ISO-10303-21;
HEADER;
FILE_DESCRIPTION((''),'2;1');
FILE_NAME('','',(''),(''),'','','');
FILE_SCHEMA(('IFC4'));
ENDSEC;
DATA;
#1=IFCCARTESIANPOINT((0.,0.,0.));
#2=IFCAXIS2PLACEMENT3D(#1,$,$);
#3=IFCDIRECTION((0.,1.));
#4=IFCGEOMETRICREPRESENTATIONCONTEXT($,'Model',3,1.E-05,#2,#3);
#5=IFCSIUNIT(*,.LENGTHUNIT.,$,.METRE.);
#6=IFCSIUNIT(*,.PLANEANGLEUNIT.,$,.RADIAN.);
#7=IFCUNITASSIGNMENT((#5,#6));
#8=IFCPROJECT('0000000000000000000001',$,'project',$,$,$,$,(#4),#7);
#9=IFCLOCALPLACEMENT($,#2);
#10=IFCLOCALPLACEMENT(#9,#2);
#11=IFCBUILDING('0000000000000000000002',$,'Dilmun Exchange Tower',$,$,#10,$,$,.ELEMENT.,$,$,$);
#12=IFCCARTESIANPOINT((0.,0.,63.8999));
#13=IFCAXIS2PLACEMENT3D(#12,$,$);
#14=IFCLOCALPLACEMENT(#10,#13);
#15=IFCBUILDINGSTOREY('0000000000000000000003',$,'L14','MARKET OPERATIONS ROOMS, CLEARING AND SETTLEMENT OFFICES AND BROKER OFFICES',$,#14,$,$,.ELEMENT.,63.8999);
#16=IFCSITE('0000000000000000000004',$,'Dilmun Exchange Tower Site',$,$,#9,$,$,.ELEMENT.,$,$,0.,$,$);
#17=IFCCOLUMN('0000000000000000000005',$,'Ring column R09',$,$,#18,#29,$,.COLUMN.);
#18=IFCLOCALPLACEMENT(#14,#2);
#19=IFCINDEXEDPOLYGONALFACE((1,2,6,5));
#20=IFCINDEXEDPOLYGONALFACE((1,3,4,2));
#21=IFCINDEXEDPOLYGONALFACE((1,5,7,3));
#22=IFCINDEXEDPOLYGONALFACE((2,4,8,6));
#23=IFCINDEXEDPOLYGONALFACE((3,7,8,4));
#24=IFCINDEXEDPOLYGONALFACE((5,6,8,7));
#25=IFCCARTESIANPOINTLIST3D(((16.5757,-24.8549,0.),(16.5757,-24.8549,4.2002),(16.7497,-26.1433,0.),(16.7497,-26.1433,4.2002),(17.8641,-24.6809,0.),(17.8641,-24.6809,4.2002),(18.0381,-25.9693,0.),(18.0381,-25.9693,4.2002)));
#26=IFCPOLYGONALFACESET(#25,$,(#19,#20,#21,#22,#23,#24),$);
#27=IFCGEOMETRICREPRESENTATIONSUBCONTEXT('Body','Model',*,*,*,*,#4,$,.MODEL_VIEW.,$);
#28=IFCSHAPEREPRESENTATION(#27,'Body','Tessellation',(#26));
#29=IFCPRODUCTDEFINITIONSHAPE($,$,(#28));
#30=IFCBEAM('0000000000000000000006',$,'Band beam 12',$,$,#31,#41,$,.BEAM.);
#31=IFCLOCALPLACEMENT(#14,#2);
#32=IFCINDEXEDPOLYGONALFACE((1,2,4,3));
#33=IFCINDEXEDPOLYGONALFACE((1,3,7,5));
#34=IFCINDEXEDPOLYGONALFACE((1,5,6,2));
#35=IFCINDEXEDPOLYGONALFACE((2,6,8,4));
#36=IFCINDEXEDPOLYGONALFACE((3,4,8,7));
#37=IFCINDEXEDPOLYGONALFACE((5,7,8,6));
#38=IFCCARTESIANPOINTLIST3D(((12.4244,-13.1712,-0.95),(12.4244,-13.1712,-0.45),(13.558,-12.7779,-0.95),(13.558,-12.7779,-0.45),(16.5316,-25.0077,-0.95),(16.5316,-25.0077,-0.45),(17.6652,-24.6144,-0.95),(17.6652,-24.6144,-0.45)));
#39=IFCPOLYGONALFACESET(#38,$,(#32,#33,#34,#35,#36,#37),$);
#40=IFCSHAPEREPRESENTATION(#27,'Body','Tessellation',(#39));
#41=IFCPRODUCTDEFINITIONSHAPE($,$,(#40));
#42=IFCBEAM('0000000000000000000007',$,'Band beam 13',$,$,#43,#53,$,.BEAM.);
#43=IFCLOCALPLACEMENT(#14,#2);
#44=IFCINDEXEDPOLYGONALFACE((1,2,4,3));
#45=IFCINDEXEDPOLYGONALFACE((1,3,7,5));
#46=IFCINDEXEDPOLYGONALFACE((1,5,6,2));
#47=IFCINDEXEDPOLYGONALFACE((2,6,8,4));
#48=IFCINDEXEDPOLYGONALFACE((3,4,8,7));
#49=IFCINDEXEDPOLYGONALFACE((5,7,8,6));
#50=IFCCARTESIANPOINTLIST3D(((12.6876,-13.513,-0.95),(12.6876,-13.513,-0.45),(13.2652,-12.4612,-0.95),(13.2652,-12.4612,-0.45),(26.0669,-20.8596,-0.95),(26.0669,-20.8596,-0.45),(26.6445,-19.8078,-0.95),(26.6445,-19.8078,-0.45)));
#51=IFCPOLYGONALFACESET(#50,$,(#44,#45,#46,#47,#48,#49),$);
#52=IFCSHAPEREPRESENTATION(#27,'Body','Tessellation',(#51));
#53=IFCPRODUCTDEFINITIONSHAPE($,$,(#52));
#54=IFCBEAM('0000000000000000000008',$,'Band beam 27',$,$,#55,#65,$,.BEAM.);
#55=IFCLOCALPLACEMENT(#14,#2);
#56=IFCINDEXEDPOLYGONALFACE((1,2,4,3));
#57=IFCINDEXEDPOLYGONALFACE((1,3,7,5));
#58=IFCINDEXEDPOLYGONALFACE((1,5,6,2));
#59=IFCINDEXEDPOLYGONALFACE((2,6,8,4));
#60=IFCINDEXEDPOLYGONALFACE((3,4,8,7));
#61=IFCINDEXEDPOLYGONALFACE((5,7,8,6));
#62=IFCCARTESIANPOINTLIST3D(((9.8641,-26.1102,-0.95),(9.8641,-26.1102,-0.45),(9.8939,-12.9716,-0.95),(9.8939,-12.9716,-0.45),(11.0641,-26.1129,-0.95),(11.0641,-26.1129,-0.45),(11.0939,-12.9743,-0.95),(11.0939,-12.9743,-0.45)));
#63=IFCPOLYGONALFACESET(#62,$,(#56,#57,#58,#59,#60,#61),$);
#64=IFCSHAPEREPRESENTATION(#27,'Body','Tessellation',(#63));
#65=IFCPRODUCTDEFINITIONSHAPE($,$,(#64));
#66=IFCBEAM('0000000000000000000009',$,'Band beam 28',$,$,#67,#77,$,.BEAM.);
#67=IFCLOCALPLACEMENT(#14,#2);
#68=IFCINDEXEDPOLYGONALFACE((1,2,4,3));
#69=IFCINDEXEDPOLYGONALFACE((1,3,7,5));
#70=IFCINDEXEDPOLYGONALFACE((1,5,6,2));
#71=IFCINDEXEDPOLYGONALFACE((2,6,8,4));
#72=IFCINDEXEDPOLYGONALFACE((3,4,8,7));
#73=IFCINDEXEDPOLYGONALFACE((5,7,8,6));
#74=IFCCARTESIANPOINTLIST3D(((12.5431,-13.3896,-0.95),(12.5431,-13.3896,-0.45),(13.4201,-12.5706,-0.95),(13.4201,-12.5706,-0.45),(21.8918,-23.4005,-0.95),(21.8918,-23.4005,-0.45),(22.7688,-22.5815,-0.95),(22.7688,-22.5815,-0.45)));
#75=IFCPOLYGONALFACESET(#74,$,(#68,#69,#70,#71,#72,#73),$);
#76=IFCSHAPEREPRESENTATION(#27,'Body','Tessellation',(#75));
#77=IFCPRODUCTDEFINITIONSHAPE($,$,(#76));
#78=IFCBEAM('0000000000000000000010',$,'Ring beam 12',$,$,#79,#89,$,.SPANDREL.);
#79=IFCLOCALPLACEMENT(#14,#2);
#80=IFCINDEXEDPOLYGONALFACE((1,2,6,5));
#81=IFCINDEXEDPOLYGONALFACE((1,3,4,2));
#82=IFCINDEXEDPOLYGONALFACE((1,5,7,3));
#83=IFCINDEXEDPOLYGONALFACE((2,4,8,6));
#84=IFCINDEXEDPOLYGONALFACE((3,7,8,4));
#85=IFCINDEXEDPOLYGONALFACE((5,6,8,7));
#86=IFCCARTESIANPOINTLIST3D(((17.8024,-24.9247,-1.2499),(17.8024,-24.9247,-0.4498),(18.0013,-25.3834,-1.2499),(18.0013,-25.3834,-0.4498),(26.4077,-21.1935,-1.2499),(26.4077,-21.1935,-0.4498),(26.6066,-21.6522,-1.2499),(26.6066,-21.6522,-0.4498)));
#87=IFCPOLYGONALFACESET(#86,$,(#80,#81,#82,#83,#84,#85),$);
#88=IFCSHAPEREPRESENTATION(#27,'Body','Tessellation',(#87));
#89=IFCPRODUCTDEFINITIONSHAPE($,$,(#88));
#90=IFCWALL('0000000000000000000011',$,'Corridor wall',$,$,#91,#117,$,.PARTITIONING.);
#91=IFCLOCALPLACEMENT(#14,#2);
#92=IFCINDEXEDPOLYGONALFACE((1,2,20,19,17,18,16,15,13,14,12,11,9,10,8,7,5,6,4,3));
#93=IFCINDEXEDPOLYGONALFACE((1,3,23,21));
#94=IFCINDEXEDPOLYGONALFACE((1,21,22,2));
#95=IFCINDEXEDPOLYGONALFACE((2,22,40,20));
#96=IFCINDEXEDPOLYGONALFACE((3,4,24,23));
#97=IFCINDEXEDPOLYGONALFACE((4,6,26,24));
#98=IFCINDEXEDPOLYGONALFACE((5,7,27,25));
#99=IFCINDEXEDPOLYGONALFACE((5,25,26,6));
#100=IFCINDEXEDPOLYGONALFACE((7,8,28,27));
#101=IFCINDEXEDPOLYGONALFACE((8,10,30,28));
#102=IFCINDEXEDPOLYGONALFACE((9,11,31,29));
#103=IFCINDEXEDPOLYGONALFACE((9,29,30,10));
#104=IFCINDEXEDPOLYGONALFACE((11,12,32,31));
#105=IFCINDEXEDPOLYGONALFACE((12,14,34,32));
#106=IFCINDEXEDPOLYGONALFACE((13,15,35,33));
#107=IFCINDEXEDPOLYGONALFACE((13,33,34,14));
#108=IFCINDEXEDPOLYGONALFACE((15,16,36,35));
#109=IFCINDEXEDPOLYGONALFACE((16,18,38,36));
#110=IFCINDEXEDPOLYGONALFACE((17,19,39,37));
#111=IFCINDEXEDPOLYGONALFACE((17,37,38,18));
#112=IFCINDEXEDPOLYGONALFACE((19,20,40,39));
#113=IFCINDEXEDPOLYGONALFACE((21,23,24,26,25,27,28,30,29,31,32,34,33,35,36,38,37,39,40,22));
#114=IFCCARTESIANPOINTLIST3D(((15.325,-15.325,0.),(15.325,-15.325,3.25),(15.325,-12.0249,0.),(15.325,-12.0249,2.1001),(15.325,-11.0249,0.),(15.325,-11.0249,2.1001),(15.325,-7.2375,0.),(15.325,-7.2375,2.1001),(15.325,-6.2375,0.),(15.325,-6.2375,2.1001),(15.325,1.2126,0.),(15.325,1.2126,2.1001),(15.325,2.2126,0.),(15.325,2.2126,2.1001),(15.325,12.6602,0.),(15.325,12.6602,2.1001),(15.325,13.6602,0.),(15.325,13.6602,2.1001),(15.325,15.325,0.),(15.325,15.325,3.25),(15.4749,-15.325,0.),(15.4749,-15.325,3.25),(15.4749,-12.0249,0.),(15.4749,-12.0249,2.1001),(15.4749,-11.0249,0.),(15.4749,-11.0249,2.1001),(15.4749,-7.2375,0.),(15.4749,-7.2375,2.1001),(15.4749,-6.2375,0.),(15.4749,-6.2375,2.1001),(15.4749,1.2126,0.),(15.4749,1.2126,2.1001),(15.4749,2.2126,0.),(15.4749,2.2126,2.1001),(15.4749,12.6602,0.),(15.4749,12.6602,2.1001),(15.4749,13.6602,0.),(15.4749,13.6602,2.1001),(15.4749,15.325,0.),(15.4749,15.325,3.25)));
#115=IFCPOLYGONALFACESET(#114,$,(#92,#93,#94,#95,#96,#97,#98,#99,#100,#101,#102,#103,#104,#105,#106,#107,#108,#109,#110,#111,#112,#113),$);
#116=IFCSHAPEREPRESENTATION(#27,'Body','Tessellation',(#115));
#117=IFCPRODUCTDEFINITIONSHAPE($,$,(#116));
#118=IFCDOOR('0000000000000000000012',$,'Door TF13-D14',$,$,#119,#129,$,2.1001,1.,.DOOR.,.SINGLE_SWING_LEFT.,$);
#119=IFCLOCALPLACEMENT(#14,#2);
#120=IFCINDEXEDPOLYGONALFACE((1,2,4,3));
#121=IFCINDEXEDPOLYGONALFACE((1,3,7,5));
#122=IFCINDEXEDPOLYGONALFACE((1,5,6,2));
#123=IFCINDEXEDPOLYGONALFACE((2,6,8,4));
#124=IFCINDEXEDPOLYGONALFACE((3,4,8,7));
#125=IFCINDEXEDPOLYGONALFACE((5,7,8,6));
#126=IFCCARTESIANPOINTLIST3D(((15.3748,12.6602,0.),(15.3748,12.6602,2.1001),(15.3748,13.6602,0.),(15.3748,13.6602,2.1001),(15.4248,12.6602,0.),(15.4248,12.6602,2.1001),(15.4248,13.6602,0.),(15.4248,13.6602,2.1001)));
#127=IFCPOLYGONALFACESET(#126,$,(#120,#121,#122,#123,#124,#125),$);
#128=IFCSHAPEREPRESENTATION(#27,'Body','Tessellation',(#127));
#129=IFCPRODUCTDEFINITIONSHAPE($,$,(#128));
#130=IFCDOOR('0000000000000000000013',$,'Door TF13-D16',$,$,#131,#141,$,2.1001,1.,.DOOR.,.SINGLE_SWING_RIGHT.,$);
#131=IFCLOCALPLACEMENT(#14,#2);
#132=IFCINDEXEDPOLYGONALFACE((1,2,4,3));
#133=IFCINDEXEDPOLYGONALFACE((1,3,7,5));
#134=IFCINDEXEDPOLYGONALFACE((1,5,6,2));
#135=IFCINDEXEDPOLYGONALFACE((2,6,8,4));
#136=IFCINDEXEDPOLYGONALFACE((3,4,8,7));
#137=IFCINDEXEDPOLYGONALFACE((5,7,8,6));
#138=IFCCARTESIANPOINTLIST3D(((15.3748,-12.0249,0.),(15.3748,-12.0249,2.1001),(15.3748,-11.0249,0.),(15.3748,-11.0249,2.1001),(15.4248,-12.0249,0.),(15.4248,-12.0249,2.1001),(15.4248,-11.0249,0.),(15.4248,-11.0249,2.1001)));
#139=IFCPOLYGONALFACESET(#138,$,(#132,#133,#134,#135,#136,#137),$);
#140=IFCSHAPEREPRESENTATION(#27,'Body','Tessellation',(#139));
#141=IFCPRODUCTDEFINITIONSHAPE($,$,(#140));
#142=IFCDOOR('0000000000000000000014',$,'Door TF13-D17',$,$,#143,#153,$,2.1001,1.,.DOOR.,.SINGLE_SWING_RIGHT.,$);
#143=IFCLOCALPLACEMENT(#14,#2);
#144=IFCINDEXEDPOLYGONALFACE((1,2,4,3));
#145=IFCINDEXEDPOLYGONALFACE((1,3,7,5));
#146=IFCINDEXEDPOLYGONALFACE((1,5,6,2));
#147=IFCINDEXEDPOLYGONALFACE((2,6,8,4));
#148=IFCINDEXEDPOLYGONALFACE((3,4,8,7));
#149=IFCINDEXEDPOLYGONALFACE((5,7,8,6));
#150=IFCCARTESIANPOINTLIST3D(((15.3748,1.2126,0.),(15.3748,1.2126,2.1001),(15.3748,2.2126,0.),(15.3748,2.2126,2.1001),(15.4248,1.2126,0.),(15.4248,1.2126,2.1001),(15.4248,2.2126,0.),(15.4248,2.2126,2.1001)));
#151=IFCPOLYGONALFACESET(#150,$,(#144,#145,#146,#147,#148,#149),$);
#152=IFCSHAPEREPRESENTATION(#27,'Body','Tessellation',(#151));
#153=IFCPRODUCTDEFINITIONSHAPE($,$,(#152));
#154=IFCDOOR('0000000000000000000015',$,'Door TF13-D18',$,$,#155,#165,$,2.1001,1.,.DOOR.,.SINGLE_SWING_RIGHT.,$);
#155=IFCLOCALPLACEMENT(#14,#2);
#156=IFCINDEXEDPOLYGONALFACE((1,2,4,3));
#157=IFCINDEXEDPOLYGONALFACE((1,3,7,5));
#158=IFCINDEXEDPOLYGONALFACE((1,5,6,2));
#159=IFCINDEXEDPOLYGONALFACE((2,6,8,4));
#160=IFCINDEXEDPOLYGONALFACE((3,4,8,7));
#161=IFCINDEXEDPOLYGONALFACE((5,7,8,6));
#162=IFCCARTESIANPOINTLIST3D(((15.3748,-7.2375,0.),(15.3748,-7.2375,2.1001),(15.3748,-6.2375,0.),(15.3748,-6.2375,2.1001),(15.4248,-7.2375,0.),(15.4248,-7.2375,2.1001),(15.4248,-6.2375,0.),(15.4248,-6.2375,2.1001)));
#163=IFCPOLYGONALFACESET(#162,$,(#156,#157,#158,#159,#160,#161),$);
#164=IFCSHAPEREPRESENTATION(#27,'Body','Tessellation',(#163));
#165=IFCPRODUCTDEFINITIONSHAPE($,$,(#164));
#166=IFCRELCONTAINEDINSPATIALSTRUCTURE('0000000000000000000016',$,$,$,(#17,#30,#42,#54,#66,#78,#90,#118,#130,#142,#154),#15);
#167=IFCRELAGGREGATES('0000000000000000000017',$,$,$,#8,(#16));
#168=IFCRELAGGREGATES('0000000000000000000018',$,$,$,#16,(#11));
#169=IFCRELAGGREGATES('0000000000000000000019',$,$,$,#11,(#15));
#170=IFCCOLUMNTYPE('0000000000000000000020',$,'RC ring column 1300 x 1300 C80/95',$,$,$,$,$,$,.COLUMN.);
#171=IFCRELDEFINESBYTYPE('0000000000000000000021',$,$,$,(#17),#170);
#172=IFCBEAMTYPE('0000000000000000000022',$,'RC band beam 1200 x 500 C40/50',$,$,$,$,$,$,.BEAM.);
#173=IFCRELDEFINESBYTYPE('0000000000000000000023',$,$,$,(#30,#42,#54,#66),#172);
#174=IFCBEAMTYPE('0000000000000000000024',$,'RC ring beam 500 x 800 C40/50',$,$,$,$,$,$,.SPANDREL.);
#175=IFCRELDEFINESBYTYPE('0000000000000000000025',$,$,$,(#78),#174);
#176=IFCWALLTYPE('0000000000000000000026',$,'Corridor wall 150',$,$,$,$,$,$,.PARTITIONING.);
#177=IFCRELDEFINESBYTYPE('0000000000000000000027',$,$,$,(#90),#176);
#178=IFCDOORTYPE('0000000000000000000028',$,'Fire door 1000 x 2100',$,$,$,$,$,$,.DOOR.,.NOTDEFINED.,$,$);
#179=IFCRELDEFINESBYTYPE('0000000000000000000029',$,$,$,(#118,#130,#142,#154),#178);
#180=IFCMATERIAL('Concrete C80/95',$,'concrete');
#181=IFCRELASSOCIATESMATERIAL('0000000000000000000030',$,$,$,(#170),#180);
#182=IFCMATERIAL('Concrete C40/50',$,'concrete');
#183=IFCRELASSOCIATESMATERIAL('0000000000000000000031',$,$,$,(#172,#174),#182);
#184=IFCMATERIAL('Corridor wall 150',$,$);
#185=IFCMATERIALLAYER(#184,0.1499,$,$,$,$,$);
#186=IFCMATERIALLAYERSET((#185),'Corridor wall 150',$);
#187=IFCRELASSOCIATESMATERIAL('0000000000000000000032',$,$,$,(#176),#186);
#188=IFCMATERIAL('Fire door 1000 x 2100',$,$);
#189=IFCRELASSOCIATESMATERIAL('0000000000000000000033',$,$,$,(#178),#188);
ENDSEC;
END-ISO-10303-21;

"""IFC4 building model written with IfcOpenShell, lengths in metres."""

from ifc_helpers import new_model, si_unit, direction, frame, frame_2d, origin, origin_2d, place, context, subcontext, project, spatial, rectangle, extrude, material, layer, layer_set, material_profile, profile_set, type_object, element, fill, save


model = new_model("IFC4")

# Units and contexts
model_context = context("Model", 3, precision=1e-05, world=origin(), true_north=direction((0.0, 1.0)))
body_context = subcontext(model_context, "Body", "Model", "MODEL_VIEW")
ifc_project = project(units=[si_unit("LENGTHUNIT", "METRE"), si_unit("PLANEANGLEUNIT", "RADIAN")], contexts=[model_context])

# Site, building, storey
site_placement = place(None, origin())
site = spatial("IfcSite", under=ifc_project, at=site_placement, Name="Dilmun Exchange Tower Site", CompositionType="ELEMENT", RefElevation=0.0)
building_placement = place(site_placement, origin())
building = spatial("IfcBuilding", under=site, at=building_placement, Name="Dilmun Exchange Tower", CompositionType="ELEMENT")
storey_placement = place(building_placement, frame((0.0, 0.0, 63.8999)))
storey = spatial("IfcBuildingStorey", under=building, at=storey_placement, Name="L14", Description="MARKET OPERATIONS ROOMS, CLEARING AND SETTLEMENT OFFICES AND BROKER OFFICES", CompositionType="ELEMENT", Elevation=63.8999)

# Column
ifc_material_1 = material(Name="Concrete C80/95", Category="concrete")
ifc_material_profile_1 = material_profile(ifc_material_1, rectangle(XDim=1.3, YDim=1.3, at=origin_2d()), Name="1300 x 1300")
ifc_profile_set_1 = profile_set([ifc_material_profile_1], Name="Concrete C80/95")
column_type = type_object("IfcColumnType", Name="RC ring column 1300 x 1300 C80/95", PredefinedType="COLUMN", material=ifc_profile_set_1)
column_placement = place(storey_placement, frame((17.3069, -25.4121, 0.0), z_axis=(0.0, 0.0, 1.0), x_axis=(0.991001, 0.133853, 0.0)))
element("IfcColumn", 1, at=column_placement, inside=storey, type_object=column_type, Name="Ring column R09", PredefinedType="COLUMN", context=body_context, shape_type="SweptSolid", body=[
    extrude(rectangle(XDim=1.3, YDim=1.3, at=origin_2d()), origin(), (0.0, 0.0, 1.0), 4.2002),
])

# Beams
ifc_material_2 = material(Name="Concrete C40/50", Category="concrete")
ifc_material_profile_2 = material_profile(ifc_material_2, rectangle(XDim=1.2, YDim=0.5, at=origin_2d()), Name="1200 x 500")
ifc_profile_set_2 = profile_set([ifc_material_profile_2], Name="Concrete C40/50")
beam_type_1 = type_object("IfcBeamType", Name="RC band beam 1200 x 500 C40/50", PredefinedType="BEAM", material=ifc_profile_set_2)
beam_1_placement = place(storey_placement, frame((17.0984, -24.811, -0.7), z_axis=(-0.32782, 0.94474, 0.0), x_axis=(-0.94474, -0.32782, 0.0)))
element("IfcBeam", 2, at=beam_1_placement, inside=storey, type_object=beam_type_1, Name="Band beam 12", PredefinedType="BEAM", context=body_context, shape_type="SweptSolid", body=[
    extrude(rectangle(XDim=1.2, YDim=0.5, at=origin_2d()), origin(), (0.0, 0.0, 1.0), 12.5288),
])
beam_2_placement = place(storey_placement, frame((26.3557, -20.3337, -0.7), z_axis=(-0.876547, 0.481316, 0.0), x_axis=(-0.481316, -0.876547, 0.0)))
element("IfcBeam", 3, at=beam_2_placement, inside=storey, type_object=beam_type_1, Name="Band beam 13", PredefinedType="BEAM", context=body_context, shape_type="SweptSolid", body=[
    extrude(rectangle(XDim=1.2, YDim=0.5, at=origin_2d()), origin(), (0.0, 0.0, 1.0), 15.2637),
])
beam_3_placement = place(storey_placement, frame((10.4641, -26.1116, -0.7), z_axis=(0.002267, 0.999997, 0.0), x_axis=(-0.999997, 0.002267, 0.0)))
element("IfcBeam", 4, at=beam_3_placement, inside=storey, type_object=beam_type_1, Name="Band beam 27", PredefinedType="BEAM", context=body_context, shape_type="SweptSolid", body=[
    extrude(rectangle(XDim=1.2, YDim=0.5, at=origin_2d()), origin(), (0.0, 0.0, 1.0), 13.1387),
])
beam_4_placement = place(storey_placement, frame((22.3303, -22.991, -0.7), z_axis=(-0.682524, 0.730863, 0.0), x_axis=(-0.730863, -0.682524, 0.0)))
element("IfcBeam", 5, at=beam_4_placement, inside=storey, type_object=beam_type_1, Name="Band beam 28", PredefinedType="BEAM", context=body_context, shape_type="SweptSolid", body=[
    extrude(rectangle(XDim=1.2, YDim=0.5, at=origin_2d()), origin(), (0.0, 0.0, 1.0), 13.6973),
])
ifc_material_profile_3 = material_profile(ifc_material_2, rectangle(XDim=0.5, YDim=0.8, at=origin_2d()), Name="500 x 800")
ifc_profile_set_3 = profile_set([ifc_material_profile_3], Name="Concrete C40/50")
beam_type_2 = type_object("IfcBeamType", Name="RC ring beam 500 x 800 C40/50", PredefinedType="SPANDREL", material=ifc_profile_set_3)
beam_5_placement = place(storey_placement, frame((17.9019, -25.1541, -0.8499), z_axis=(0.917467, 0.397811, 0.0), x_axis=(-0.397811, 0.917467, 0.0)))
element("IfcBeam", 6, at=beam_5_placement, inside=storey, type_object=beam_type_2, Name="Ring beam 12", PredefinedType="SPANDREL", context=body_context, shape_type="SweptSolid", body=[
    extrude(rectangle(XDim=0.5, YDim=0.8, at=origin_2d()), origin(), (0.0, 0.0, 1.0), 9.3794),
])

# Wall, openings, doors
ifc_material_3 = material(Name="Corridor wall 150")
ifc_layer_1 = layer(ifc_material_3, 0.1499)
ifc_layer_set_1 = layer_set([ifc_layer_1], Name="Corridor wall 150")
wall_type_1 = type_object("IfcWallType", Name="Corridor wall 150", PredefinedType="PARTITIONING", material=ifc_layer_set_1)
wall_1_placement = place(storey_placement, frame((15.3999, -15.325, 0.0), z_axis=(0.0, 0.0, 1.0), x_axis=(0.0, 1.0, 0.0)))
wall_1 = element("IfcWall", 7, at=wall_1_placement, inside=storey, type_object=wall_type_1, Name="Corridor wall", PredefinedType="PARTITIONING", context=body_context, shape_type="SweptSolid", body=[
    extrude(rectangle(XDim=30.6499, YDim=0.1499, at=frame_2d((15.325, 0.0))), origin(), (0.0, 0.0, 1.0), 3.25),
])
opening_1_placement = place(wall_1_placement, frame((27.9851, 0.0, 0.0)))
opening_1 = element("IfcOpeningElement", 8, at=opening_1_placement, cuts=wall_1, PredefinedType="OPENING", context=body_context, shape_type="SweptSolid", body=[
    extrude(rectangle(XDim=1.0, YDim=2.1001, at=frame_2d((0.5, 1.05))), frame((0.0, 0.085, 0.0), z_axis=(0.0, -1.0, 0.0), x_axis=(1.0, 0.0, 0.0)), (0.0, 0.0, 1.0), 0.1699),
])
opening_2_placement = place(wall_1_placement, frame((3.3, 0.0, 0.0)))
opening_2 = element("IfcOpeningElement", 9, at=opening_2_placement, cuts=wall_1, PredefinedType="OPENING", context=body_context, shape_type="SweptSolid", body=[
    extrude(rectangle(XDim=1.0, YDim=2.1001, at=frame_2d((0.5, 1.05))), frame((0.0, 0.085, 0.0), z_axis=(0.0, -1.0, 0.0), x_axis=(1.0, 0.0, 0.0)), (0.0, 0.0, 1.0), 0.1699),
])
opening_3_placement = place(wall_1_placement, frame((16.5376, 0.0, 0.0)))
opening_3 = element("IfcOpeningElement", 10, at=opening_3_placement, cuts=wall_1, PredefinedType="OPENING", context=body_context, shape_type="SweptSolid", body=[
    extrude(rectangle(XDim=1.0, YDim=2.1001, at=frame_2d((0.5, 1.05))), frame((0.0, 0.085, 0.0), z_axis=(0.0, -1.0, 0.0), x_axis=(1.0, 0.0, 0.0)), (0.0, 0.0, 1.0), 0.1699),
])
opening_4_placement = place(wall_1_placement, frame((8.0874, 0.0, 0.0)))
opening_4 = element("IfcOpeningElement", 11, at=opening_4_placement, cuts=wall_1, PredefinedType="OPENING", context=body_context, shape_type="SweptSolid", body=[
    extrude(rectangle(XDim=1.0, YDim=2.1001, at=frame_2d((0.5, 1.05))), frame((0.0, 0.085, 0.0), z_axis=(0.0, -1.0, 0.0), x_axis=(1.0, 0.0, 0.0)), (0.0, 0.0, 1.0), 0.1699),
])
ifc_material_4 = material(Name="Fire door 1000 x 2100")
door_type_1 = type_object("IfcDoorType", Name="Fire door 1000 x 2100", OperationType="NOTDEFINED", PredefinedType="DOOR", material=ifc_material_4)
door_1_placement = place(opening_1_placement, frame((1.0, 0.0, 0.0), z_axis=(0.0, 0.0, 1.0), x_axis=(-1.0, 0.0, 0.0)))
door_1 = element("IfcDoor", 12, at=door_1_placement, inside=storey, type_object=door_type_1, Name="Door TF13-D14", OperationType="SINGLE_SWING_LEFT", OverallHeight=2.1001, OverallWidth=1.0, PredefinedType="DOOR", context=body_context, shape_type="SweptSolid", body=[
    extrude(rectangle(XDim=1.0, YDim=2.1001, at=frame_2d((0.5, 1.05))), frame((0.0, 0.0249, 0.0), z_axis=(0.0, -1.0, 0.0), x_axis=(1.0, 0.0, 0.0)), (0.0, 0.0, 1.0), 0.05),
])
fill(opening_1, door_1)
door_2_placement = place(opening_2_placement, frame((1.0, 0.0, 0.0), z_axis=(0.0, 0.0, 1.0), x_axis=(-1.0, 0.0, 0.0)))
door_2 = element("IfcDoor", 13, at=door_2_placement, inside=storey, type_object=door_type_1, Name="Door TF13-D16", OperationType="SINGLE_SWING_RIGHT", OverallHeight=2.1001, OverallWidth=1.0, PredefinedType="DOOR", context=body_context, shape_type="SweptSolid", body=[
    extrude(rectangle(XDim=1.0, YDim=2.1001, at=frame_2d((0.5, 1.05))), frame((0.0, 0.0249, 0.0), z_axis=(0.0, -1.0, 0.0), x_axis=(1.0, 0.0, 0.0)), (0.0, 0.0, 1.0), 0.05),
])
fill(opening_2, door_2)
door_3_placement = place(opening_3_placement, frame((1.0, 0.0, 0.0), z_axis=(0.0, 0.0, 1.0), x_axis=(-1.0, 0.0, 0.0)))
door_3 = element("IfcDoor", 14, at=door_3_placement, inside=storey, type_object=door_type_1, Name="Door TF13-D17", OperationType="SINGLE_SWING_RIGHT", OverallHeight=2.1001, OverallWidth=1.0, PredefinedType="DOOR", context=body_context, shape_type="SweptSolid", body=[
    extrude(rectangle(XDim=1.0, YDim=2.1001, at=frame_2d((0.5, 1.05))), frame((0.0, 0.0249, 0.0), z_axis=(0.0, -1.0, 0.0), x_axis=(1.0, 0.0, 0.0)), (0.0, 0.0, 1.0), 0.05),
])
fill(opening_3, door_3)
door_4_placement = place(opening_4_placement, frame((1.0, 0.0, 0.0), z_axis=(0.0, 0.0, 1.0), x_axis=(-1.0, 0.0, 0.0)))
door_4 = element("IfcDoor", 15, at=door_4_placement, inside=storey, type_object=door_type_1, Name="Door TF13-D18", OperationType="SINGLE_SWING_RIGHT", OverallHeight=2.1001, OverallWidth=1.0, PredefinedType="DOOR", context=body_context, shape_type="SweptSolid", body=[
    extrude(rectangle(XDim=1.0, YDim=2.1001, at=frame_2d((0.5, 1.05))), frame((0.0, 0.0249, 0.0), z_axis=(0.0, -1.0, 0.0), x_axis=(1.0, 0.0, 0.0)), (0.0, 0.0, 1.0), 0.05),
])
fill(opening_4, door_4)

save(model, "model.ifc")
